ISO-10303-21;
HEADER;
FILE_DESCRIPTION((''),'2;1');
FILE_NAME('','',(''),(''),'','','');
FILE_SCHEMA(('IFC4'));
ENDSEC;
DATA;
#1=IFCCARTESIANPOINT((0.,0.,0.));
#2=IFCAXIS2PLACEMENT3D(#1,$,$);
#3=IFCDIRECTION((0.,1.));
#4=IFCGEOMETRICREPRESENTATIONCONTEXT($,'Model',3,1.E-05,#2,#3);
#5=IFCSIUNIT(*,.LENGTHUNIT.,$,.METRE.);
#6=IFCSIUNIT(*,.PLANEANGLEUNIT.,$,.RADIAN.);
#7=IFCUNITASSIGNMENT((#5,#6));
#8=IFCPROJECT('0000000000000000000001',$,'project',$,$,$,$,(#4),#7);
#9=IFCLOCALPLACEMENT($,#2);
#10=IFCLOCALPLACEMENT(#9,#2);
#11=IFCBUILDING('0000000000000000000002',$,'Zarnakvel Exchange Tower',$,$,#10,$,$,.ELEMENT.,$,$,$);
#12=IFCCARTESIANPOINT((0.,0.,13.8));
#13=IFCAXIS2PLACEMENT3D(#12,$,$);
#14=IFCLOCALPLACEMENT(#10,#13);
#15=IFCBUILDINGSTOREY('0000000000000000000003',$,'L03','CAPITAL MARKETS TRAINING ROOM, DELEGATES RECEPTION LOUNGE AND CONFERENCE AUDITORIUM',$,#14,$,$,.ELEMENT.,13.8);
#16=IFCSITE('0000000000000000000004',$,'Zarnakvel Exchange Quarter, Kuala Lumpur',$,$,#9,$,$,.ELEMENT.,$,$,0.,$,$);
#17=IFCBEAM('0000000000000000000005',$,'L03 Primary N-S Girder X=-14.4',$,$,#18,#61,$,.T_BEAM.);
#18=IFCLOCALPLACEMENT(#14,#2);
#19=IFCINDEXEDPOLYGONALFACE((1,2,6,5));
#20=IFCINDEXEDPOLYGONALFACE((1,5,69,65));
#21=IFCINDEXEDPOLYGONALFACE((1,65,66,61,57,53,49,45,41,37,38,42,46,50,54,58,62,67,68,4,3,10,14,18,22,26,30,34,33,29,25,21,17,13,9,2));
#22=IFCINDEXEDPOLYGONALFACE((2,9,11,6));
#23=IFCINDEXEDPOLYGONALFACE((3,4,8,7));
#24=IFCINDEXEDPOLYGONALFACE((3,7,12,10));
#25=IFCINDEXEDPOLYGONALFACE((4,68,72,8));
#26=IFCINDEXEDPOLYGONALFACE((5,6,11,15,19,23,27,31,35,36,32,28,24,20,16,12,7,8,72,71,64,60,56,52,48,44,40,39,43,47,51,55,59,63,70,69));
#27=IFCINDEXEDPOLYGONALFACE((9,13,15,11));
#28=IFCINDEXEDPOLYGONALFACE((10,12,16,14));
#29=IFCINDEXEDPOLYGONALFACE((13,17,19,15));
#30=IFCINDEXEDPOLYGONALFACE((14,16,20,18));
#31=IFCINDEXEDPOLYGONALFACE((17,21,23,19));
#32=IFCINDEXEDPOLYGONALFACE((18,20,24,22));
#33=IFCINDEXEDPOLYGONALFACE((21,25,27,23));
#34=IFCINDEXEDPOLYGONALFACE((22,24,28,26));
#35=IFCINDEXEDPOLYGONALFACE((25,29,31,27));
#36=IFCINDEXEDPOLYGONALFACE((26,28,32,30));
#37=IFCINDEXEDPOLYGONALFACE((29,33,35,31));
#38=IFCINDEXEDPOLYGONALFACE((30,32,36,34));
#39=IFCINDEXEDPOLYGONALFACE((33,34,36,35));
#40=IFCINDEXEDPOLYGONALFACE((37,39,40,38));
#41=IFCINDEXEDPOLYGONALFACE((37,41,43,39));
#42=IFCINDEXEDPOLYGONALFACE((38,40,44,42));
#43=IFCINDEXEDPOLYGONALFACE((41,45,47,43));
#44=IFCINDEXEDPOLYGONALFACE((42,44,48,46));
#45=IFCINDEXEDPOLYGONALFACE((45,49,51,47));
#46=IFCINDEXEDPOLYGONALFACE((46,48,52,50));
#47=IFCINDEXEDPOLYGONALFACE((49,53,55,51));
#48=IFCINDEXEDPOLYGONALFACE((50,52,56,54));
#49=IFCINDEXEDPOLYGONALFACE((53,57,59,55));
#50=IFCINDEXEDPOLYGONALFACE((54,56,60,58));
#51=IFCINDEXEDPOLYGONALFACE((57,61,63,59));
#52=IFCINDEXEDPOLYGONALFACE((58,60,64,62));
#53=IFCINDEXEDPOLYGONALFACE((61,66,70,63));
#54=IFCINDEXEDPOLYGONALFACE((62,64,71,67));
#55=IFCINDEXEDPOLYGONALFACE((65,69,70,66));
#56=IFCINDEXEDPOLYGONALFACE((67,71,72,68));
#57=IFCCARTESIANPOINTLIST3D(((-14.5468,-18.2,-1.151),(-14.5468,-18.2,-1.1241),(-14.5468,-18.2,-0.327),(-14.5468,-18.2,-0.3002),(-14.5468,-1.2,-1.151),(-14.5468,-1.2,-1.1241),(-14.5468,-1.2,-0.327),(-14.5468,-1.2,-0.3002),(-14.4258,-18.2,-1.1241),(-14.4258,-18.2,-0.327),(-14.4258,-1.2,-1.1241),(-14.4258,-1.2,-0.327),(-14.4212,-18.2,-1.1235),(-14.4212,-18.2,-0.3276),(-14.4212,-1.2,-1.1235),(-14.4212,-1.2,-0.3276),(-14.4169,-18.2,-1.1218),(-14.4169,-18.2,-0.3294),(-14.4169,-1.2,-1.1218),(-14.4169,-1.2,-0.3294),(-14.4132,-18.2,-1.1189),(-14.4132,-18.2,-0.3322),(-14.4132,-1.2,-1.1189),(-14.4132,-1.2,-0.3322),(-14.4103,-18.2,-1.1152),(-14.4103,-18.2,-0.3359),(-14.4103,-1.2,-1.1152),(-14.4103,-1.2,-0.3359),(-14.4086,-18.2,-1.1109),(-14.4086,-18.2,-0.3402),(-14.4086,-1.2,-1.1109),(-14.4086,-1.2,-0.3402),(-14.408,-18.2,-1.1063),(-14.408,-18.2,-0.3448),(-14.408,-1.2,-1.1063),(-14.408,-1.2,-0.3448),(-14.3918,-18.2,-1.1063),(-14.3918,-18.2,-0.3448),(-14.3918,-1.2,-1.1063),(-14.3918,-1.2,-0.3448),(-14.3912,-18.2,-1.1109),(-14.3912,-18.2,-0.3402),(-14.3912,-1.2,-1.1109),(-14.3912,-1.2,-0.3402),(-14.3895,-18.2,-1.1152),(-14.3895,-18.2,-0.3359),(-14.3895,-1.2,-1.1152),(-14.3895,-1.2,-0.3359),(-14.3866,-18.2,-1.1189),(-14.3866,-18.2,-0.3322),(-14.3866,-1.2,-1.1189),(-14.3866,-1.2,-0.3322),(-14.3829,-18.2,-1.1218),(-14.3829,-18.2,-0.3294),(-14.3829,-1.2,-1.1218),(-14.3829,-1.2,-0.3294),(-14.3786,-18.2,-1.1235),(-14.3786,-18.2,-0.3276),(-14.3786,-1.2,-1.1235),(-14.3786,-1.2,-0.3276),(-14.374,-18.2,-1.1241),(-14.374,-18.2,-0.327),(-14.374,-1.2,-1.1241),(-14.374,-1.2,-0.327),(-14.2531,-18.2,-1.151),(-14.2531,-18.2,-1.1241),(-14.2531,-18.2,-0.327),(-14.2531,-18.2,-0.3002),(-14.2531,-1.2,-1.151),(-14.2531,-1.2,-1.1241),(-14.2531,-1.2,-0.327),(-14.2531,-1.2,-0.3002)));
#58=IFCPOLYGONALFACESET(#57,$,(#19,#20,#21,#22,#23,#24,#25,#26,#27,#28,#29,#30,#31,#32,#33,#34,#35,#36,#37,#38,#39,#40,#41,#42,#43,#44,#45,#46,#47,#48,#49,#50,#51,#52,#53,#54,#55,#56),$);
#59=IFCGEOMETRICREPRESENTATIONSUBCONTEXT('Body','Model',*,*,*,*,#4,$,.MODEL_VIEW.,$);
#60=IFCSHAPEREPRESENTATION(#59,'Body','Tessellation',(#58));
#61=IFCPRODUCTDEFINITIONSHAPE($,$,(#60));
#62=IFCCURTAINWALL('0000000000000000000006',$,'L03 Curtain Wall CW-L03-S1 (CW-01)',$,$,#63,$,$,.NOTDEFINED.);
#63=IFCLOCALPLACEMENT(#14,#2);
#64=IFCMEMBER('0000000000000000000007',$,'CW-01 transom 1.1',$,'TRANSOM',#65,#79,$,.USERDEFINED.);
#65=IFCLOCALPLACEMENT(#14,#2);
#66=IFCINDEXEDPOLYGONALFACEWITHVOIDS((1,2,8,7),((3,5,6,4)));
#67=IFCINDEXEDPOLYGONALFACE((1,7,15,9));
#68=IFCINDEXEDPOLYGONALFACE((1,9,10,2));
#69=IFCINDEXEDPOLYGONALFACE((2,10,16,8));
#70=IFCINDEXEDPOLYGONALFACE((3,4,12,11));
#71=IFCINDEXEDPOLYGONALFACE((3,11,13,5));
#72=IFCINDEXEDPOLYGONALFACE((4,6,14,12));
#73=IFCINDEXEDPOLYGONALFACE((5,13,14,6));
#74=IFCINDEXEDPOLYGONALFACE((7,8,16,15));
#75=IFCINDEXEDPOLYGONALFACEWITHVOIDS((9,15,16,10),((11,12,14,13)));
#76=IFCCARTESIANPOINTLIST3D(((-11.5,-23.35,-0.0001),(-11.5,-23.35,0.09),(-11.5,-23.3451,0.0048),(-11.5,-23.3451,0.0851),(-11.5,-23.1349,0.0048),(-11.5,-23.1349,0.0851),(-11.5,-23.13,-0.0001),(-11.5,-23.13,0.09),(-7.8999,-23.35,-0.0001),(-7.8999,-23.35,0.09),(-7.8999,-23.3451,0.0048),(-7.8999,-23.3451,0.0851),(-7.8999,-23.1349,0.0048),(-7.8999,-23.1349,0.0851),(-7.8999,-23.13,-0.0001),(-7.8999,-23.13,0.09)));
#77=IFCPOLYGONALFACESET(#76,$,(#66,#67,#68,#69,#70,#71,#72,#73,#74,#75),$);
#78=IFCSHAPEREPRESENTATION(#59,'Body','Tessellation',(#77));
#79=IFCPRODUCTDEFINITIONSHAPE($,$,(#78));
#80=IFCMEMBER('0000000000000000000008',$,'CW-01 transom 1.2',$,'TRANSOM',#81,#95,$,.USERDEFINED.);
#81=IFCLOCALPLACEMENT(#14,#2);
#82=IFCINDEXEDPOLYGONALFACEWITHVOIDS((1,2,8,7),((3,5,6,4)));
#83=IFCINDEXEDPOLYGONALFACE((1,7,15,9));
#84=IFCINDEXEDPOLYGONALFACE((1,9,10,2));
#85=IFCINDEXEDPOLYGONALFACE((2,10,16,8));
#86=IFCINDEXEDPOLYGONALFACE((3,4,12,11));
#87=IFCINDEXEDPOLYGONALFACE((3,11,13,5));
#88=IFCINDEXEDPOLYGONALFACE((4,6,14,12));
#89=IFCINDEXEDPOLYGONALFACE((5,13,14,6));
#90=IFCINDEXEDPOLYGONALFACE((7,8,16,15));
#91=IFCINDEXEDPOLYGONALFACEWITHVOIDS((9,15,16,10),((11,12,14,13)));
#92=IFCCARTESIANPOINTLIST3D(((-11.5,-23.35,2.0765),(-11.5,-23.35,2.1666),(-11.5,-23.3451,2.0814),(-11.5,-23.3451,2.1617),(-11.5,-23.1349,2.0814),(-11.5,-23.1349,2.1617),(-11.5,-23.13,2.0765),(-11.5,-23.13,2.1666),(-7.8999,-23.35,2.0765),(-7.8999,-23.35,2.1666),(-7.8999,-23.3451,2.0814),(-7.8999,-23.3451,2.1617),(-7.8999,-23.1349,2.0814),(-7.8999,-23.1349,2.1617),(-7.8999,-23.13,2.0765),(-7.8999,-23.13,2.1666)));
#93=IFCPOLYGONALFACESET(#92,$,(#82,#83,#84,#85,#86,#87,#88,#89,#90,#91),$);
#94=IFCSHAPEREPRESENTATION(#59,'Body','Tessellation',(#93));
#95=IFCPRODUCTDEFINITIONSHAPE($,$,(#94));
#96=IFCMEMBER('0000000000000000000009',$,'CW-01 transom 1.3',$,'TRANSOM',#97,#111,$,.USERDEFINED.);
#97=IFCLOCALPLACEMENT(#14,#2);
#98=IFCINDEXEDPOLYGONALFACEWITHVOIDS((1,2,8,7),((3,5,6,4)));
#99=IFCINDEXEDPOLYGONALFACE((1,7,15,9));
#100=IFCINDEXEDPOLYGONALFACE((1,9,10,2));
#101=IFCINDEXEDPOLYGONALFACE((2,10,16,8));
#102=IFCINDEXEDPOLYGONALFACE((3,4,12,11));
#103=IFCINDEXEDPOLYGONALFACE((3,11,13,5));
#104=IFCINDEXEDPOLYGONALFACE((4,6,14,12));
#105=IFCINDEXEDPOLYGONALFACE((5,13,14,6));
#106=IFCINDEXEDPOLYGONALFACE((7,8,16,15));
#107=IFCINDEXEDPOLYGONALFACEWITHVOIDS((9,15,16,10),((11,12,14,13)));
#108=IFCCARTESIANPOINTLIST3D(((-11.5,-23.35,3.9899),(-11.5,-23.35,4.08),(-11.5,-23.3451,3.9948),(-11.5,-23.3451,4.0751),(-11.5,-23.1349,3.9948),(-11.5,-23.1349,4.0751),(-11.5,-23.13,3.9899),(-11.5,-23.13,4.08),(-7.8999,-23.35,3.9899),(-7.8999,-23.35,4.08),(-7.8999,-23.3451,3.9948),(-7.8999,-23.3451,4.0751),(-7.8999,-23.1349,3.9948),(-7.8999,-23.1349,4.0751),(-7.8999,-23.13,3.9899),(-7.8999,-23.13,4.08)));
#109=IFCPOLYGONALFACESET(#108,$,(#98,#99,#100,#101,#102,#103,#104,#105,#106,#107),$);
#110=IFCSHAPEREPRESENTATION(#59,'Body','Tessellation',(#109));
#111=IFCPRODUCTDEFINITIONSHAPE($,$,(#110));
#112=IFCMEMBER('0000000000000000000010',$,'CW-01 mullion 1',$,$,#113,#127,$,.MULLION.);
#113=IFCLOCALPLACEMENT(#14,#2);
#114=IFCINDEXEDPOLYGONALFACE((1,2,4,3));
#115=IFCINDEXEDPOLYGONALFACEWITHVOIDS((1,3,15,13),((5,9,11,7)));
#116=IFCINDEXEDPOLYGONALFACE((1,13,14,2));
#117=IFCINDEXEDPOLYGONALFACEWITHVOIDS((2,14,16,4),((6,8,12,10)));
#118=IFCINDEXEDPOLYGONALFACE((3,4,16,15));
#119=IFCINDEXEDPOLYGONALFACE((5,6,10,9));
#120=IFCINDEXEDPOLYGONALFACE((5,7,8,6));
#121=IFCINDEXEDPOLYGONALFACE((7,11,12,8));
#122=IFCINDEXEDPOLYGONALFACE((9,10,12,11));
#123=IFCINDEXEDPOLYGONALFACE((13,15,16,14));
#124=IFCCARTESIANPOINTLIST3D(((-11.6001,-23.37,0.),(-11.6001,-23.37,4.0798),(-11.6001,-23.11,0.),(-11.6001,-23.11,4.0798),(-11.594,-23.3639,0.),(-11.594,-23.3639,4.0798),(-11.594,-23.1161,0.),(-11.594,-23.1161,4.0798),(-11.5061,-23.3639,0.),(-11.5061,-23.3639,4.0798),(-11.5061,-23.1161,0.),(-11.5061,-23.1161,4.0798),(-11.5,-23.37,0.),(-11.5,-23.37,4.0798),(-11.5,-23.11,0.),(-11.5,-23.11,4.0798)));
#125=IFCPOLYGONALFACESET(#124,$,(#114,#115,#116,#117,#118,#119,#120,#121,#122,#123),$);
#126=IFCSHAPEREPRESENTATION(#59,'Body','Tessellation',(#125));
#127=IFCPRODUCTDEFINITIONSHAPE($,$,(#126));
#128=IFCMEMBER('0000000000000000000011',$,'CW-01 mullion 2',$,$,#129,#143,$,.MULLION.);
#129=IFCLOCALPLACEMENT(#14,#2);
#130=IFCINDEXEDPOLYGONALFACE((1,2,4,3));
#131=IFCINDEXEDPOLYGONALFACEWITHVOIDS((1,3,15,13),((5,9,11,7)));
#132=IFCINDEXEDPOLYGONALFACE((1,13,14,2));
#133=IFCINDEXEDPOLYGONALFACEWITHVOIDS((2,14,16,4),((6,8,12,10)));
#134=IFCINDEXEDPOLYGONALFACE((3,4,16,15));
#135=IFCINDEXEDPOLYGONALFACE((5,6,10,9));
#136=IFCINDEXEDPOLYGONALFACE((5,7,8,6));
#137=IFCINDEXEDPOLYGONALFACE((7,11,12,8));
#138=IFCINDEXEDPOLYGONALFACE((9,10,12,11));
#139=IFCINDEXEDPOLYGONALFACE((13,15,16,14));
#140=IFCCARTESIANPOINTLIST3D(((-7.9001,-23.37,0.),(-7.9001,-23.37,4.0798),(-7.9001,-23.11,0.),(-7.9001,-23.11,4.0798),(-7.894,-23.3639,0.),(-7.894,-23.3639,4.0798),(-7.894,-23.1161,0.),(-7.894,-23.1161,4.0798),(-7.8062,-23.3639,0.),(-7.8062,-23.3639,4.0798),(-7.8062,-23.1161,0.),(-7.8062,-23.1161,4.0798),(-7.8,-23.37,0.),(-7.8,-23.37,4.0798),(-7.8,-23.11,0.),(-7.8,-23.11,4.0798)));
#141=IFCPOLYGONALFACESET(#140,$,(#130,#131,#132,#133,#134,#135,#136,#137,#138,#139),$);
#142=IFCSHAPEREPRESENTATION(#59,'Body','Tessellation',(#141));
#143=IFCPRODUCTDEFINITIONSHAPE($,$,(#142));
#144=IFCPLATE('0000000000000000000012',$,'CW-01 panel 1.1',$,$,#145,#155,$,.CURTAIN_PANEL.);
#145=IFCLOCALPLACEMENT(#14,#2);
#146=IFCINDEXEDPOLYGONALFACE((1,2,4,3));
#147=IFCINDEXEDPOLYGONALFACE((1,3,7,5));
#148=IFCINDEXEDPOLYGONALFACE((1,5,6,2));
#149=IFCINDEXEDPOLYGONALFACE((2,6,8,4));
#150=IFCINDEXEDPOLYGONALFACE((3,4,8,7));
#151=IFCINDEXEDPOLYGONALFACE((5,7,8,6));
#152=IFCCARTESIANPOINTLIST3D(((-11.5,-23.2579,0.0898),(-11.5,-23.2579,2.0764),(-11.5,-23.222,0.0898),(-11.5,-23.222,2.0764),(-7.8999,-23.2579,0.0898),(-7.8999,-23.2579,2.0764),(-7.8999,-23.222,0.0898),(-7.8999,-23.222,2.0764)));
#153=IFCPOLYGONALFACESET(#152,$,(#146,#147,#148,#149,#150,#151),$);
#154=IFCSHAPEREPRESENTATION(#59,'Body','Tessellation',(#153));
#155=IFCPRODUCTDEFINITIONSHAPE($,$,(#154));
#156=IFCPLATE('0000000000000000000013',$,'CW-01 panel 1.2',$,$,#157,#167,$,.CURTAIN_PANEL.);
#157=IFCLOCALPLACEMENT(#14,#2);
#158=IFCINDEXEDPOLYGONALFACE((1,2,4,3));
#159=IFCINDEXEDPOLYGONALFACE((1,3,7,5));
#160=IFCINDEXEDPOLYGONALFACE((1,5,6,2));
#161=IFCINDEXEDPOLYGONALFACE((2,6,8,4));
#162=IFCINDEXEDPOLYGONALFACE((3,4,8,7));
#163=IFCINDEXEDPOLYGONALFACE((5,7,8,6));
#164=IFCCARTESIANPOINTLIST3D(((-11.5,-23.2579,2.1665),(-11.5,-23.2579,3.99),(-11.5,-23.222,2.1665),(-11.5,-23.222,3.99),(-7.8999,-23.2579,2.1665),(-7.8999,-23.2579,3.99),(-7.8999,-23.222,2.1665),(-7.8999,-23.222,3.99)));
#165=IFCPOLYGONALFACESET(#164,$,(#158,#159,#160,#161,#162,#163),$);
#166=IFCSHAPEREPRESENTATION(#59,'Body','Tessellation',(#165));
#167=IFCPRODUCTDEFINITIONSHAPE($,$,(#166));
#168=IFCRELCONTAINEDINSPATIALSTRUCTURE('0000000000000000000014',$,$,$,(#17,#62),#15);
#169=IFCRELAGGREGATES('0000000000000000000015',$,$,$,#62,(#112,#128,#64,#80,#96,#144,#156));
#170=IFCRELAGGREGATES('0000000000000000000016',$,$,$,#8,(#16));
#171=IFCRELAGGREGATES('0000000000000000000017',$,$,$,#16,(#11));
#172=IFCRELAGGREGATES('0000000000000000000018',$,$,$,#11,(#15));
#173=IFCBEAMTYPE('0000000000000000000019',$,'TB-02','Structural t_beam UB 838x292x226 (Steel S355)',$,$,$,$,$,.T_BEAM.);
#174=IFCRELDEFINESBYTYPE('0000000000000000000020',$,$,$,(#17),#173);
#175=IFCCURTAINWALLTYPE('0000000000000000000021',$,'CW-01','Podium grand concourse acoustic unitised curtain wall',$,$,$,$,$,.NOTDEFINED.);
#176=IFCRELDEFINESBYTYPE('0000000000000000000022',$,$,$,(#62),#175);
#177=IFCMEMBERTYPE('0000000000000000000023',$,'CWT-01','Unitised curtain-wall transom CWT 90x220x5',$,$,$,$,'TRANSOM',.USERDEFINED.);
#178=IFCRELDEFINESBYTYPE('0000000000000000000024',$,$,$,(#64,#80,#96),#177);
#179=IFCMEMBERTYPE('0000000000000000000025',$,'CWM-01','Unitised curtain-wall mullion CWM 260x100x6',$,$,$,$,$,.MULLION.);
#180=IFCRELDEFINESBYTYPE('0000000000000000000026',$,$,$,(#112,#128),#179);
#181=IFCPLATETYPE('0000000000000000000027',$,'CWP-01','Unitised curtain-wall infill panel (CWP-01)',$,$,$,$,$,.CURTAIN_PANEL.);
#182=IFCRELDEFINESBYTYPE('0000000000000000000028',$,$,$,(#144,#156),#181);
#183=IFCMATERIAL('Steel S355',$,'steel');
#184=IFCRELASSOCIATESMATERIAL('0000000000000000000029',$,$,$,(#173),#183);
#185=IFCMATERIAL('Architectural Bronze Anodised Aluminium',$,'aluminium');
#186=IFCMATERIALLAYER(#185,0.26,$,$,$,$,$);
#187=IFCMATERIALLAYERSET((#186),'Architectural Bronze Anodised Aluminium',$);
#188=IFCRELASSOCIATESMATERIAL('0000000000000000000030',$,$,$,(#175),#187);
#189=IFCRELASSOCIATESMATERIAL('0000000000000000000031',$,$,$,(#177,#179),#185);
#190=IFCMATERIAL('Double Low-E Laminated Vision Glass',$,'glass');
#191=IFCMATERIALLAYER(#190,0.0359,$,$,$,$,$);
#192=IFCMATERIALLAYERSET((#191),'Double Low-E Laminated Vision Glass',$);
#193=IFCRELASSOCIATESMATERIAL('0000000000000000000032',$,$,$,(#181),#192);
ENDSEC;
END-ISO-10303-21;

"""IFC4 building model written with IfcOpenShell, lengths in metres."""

from ifc_helpers import new_model, si_unit, direction, frame, origin, origin_2d, place, context, subcontext, project, spatial, rectangle, hollow_rectangle, i_section, extrude, source, transform, mapped, material, layer, layer_set, material_profile, profile_set, type_object, element, aggregate, save


model = new_model("IFC4")

# Units and contexts
model_context = context("Model", 3, precision=1e-05, world=origin(), true_north=direction((0.0, 1.0)))
body_context = subcontext(model_context, "Body", "Model", "MODEL_VIEW")
ifc_project = project(units=[si_unit("LENGTHUNIT", "METRE"), si_unit("PLANEANGLEUNIT", "RADIAN")], contexts=[model_context])

# Site, building, storey
site_placement = place(None, origin())
site = spatial("IfcSite", under=ifc_project, at=site_placement, Name="Zarnakvel Exchange Quarter, Kuala Lumpur", CompositionType="ELEMENT", RefElevation=0.0)
building_placement = place(site_placement, origin())
building = spatial("IfcBuilding", under=site, at=building_placement, Name="Zarnakvel Exchange Tower", CompositionType="ELEMENT")
storey_placement = place(building_placement, frame((0.0, 0.0, 13.8)))
storey = spatial("IfcBuildingStorey", under=building, at=storey_placement, Name="L03", Description="CAPITAL MARKETS TRAINING ROOM, DELEGATES RECEPTION LOUNGE AND CONFERENCE AUDITORIUM", CompositionType="ELEMENT", Elevation=13.8)

# Beam
ifc_material_1 = material(Name="Steel S355", Category="steel")
ifc_material_profile_1 = material_profile(ifc_material_1, i_section(OverallWidth=0.2937, OverallDepth=0.8508, WebThickness=0.0161, FlangeThickness=0.0269, FilletRadius=0.0178, at=origin_2d()))
ifc_profile_set_1 = profile_set([ifc_material_profile_1], Name="Steel S355")
beam_type_1 = type_object("IfcBeamType", Name="TB-02", Description="Structural t_beam UB 838x292x226 (Steel S355)", PredefinedType="T_BEAM", material=ifc_profile_set_1)
beam_1_placement = place(storey_placement, frame((-14.3999, -18.2, -0.7256), z_axis=(0.0, 1.0, 0.0), x_axis=(-1.0, 0.0, 0.0)))
element("IfcBeam", 1, at=beam_1_placement, inside=storey, type_object=beam_type_1, Name="L03 Primary N-S Girder X=-14.4", PredefinedType="T_BEAM", context=body_context, shape_type="SweptSolid", body=[
    extrude(i_section(OverallWidth=0.2937, OverallDepth=0.8508, WebThickness=0.0161, FlangeThickness=0.0269, FilletRadius=0.0178, at=origin_2d()), origin(), (0.0, 0.0, 1.0), 17.0),
])

# Curtain wall, members, plates
ifc_material_2 = material(Name="Architectural Bronze Anodised Aluminium", Category="aluminium")
ifc_layer_1 = layer(ifc_material_2, 0.26)
ifc_layer_set_1 = layer_set([ifc_layer_1], Name="Architectural Bronze Anodised Aluminium")
curtain_wall_type = type_object("IfcCurtainWallType", Name="CW-01", Description="Podium grand concourse acoustic unitised curtain wall", PredefinedType="NOTDEFINED", material=ifc_layer_set_1)
curtain_wall_placement = place(storey_placement, origin())
curtain_wall = element("IfcCurtainWall", 2, at=curtain_wall_placement, inside=storey, type_object=curtain_wall_type, Name="L03 Curtain Wall CW-L03-S1 (CW-01)", PredefinedType="NOTDEFINED")
ifc_material_profile_2 = material_profile(ifc_material_2, hollow_rectangle(XDim=0.22, YDim=0.0901, WallThickness=0.0049, at=origin_2d()))
ifc_profile_set_2 = profile_set([ifc_material_profile_2], Name="Architectural Bronze Anodised Aluminium")
member_type_1 = type_object("IfcMemberType", Name="CWT-01", Description="Unitised curtain-wall transom CWT 90x220x5", ElementType="TRANSOM", PredefinedType="USERDEFINED", material=ifc_profile_set_2)
shared_shape_1 = source(origin(), body_context, "Body", "SweptSolid", [
    extrude(hollow_rectangle(XDim=0.22, YDim=0.0901, WallThickness=0.0049, at=origin_2d()), origin(), (0.0, 0.0, 1.0), 3.6001),
])
member_1_placement = place(storey_placement, frame((-11.5, -23.24, 0.0449), z_axis=(1.0, 0.0, 0.0), x_axis=(0.0, 1.0, 0.0)))
member_1 = element("IfcMember", 3, at=member_1_placement, type_object=member_type_1, Name="CW-01 transom 1.1", ObjectType="TRANSOM", PredefinedType="USERDEFINED", context=body_context, shape_type="MappedRepresentation", body=[
    mapped(shared_shape_1, transform((0.0, 0.0, 0.0), x_axis=(1.0, 0.0, 0.0), y_axis=(0.0, 1.0, 0.0), z_axis=(0.0, 0.0, 1.0), scale=1.0)),
])
member_2_placement = place(storey_placement, frame((-11.5, -23.24, 2.1216), z_axis=(1.0, 0.0, 0.0), x_axis=(0.0, 1.0, 0.0)))
member_2 = element("IfcMember", 4, at=member_2_placement, type_object=member_type_1, Name="CW-01 transom 1.2", ObjectType="TRANSOM", PredefinedType="USERDEFINED", context=body_context, shape_type="MappedRepresentation", body=[
    mapped(shared_shape_1, transform((0.0, 0.0, 0.0), x_axis=(1.0, 0.0, 0.0), y_axis=(0.0, 1.0, 0.0), z_axis=(0.0, 0.0, 1.0), scale=1.0)),
])
member_3_placement = place(storey_placement, frame((-11.5, -23.24, 4.0349), z_axis=(1.0, 0.0, 0.0), x_axis=(0.0, 1.0, 0.0)))
member_3 = element("IfcMember", 5, at=member_3_placement, type_object=member_type_1, Name="CW-01 transom 1.3", ObjectType="TRANSOM", PredefinedType="USERDEFINED", context=body_context, shape_type="MappedRepresentation", body=[
    mapped(shared_shape_1, transform((0.0, 0.0, 0.0), x_axis=(1.0, 0.0, 0.0), y_axis=(0.0, 1.0, 0.0), z_axis=(0.0, 0.0, 1.0), scale=1.0)),
])
ifc_material_profile_3 = material_profile(ifc_material_2, hollow_rectangle(XDim=0.26, YDim=0.1001, WallThickness=0.0061, at=origin_2d()))
ifc_profile_set_3 = profile_set([ifc_material_profile_3], Name="Architectural Bronze Anodised Aluminium")
member_type_2 = type_object("IfcMemberType", Name="CWM-01", Description="Unitised curtain-wall mullion CWM 260x100x6", PredefinedType="MULLION", material=ifc_profile_set_3)
shared_shape_2 = source(origin(), body_context, "Body", "SweptSolid", [
    extrude(hollow_rectangle(XDim=0.26, YDim=0.1001, WallThickness=0.0061, at=origin_2d()), origin(), (0.0, 0.0, 1.0), 4.0798),
])
member_4_placement = place(storey_placement, frame((-11.55, -23.24, 0.0), z_axis=(0.0, 0.0, 1.0), x_axis=(0.0, 1.0, 0.0)))
member_4 = element("IfcMember", 6, at=member_4_placement, type_object=member_type_2, Name="CW-01 mullion 1", PredefinedType="MULLION", context=body_context, shape_type="MappedRepresentation", body=[
    mapped(shared_shape_2, transform((0.0, 0.0, 0.0), x_axis=(1.0, 0.0, 0.0), y_axis=(0.0, 1.0, 0.0), z_axis=(0.0, 0.0, 1.0), scale=1.0)),
])
member_5_placement = place(storey_placement, frame((-7.8501, -23.24, 0.0), z_axis=(0.0, 0.0, 1.0), x_axis=(0.0, 1.0, 0.0)))
member_5 = element("IfcMember", 7, at=member_5_placement, type_object=member_type_2, Name="CW-01 mullion 2", PredefinedType="MULLION", context=body_context, shape_type="MappedRepresentation", body=[
    mapped(shared_shape_2, transform((0.0, 0.0, 0.0), x_axis=(1.0, 0.0, 0.0), y_axis=(0.0, 1.0, 0.0), z_axis=(0.0, 0.0, 1.0), scale=1.0)),
])
ifc_material_3 = material(Name="Double Low-E Laminated Vision Glass", Category="glass")
ifc_layer_2 = layer(ifc_material_3, 0.0359)
ifc_layer_set_2 = layer_set([ifc_layer_2], Name="Double Low-E Laminated Vision Glass")
plate_type = type_object("IfcPlateType", Name="CWP-01", Description="Unitised curtain-wall infill panel (CWP-01)", PredefinedType="CURTAIN_PANEL", material=ifc_layer_set_2)
shared_shape_3 = source(origin(), body_context, "Body", "SweptSolid", [
    extrude(rectangle(XDim=3.6001, YDim=0.0359, at=origin_2d()), origin(), (0.0, 0.0, 1.0), 1.9866),
])
plate_1_placement = place(storey_placement, frame((-9.7, -23.24, 0.0898), z_axis=(0.0, 0.0, 1.0), x_axis=(1.0, 0.0, 0.0)))
plate_1 = element("IfcPlate", 8, at=plate_1_placement, type_object=plate_type, Name="CW-01 panel 1.1", PredefinedType="CURTAIN_PANEL", context=body_context, shape_type="MappedRepresentation", body=[
    mapped(shared_shape_3, transform((0.0, 0.0, 0.0), x_axis=(1.0, 0.0, 0.0), y_axis=(0.0, 1.0, 0.0), z_axis=(0.0, 0.0, 1.0), scale=1.0)),
])
shared_shape_4 = source(origin(), body_context, "Body", "SweptSolid", [
    extrude(rectangle(XDim=3.6001, YDim=0.0359, at=origin_2d()), origin(), (0.0, 0.0, 1.0), 1.8235),
])
plate_2_placement = place(storey_placement, frame((-9.7, -23.24, 2.1665), z_axis=(0.0, 0.0, 1.0), x_axis=(1.0, 0.0, 0.0)))
plate_2 = element("IfcPlate", 9, at=plate_2_placement, type_object=plate_type, Name="CW-01 panel 1.2", PredefinedType="CURTAIN_PANEL", context=body_context, shape_type="MappedRepresentation", body=[
    mapped(shared_shape_4, transform((0.0, 0.0, 0.0), x_axis=(1.0, 0.0, 0.0), y_axis=(0.0, 1.0, 0.0), z_axis=(0.0, 0.0, 1.0), scale=1.0)),
])
aggregate(curtain_wall, [member_4, member_5, member_1, member_2, member_3, plate_1, plate_2])

save(model, "model.ifc")
